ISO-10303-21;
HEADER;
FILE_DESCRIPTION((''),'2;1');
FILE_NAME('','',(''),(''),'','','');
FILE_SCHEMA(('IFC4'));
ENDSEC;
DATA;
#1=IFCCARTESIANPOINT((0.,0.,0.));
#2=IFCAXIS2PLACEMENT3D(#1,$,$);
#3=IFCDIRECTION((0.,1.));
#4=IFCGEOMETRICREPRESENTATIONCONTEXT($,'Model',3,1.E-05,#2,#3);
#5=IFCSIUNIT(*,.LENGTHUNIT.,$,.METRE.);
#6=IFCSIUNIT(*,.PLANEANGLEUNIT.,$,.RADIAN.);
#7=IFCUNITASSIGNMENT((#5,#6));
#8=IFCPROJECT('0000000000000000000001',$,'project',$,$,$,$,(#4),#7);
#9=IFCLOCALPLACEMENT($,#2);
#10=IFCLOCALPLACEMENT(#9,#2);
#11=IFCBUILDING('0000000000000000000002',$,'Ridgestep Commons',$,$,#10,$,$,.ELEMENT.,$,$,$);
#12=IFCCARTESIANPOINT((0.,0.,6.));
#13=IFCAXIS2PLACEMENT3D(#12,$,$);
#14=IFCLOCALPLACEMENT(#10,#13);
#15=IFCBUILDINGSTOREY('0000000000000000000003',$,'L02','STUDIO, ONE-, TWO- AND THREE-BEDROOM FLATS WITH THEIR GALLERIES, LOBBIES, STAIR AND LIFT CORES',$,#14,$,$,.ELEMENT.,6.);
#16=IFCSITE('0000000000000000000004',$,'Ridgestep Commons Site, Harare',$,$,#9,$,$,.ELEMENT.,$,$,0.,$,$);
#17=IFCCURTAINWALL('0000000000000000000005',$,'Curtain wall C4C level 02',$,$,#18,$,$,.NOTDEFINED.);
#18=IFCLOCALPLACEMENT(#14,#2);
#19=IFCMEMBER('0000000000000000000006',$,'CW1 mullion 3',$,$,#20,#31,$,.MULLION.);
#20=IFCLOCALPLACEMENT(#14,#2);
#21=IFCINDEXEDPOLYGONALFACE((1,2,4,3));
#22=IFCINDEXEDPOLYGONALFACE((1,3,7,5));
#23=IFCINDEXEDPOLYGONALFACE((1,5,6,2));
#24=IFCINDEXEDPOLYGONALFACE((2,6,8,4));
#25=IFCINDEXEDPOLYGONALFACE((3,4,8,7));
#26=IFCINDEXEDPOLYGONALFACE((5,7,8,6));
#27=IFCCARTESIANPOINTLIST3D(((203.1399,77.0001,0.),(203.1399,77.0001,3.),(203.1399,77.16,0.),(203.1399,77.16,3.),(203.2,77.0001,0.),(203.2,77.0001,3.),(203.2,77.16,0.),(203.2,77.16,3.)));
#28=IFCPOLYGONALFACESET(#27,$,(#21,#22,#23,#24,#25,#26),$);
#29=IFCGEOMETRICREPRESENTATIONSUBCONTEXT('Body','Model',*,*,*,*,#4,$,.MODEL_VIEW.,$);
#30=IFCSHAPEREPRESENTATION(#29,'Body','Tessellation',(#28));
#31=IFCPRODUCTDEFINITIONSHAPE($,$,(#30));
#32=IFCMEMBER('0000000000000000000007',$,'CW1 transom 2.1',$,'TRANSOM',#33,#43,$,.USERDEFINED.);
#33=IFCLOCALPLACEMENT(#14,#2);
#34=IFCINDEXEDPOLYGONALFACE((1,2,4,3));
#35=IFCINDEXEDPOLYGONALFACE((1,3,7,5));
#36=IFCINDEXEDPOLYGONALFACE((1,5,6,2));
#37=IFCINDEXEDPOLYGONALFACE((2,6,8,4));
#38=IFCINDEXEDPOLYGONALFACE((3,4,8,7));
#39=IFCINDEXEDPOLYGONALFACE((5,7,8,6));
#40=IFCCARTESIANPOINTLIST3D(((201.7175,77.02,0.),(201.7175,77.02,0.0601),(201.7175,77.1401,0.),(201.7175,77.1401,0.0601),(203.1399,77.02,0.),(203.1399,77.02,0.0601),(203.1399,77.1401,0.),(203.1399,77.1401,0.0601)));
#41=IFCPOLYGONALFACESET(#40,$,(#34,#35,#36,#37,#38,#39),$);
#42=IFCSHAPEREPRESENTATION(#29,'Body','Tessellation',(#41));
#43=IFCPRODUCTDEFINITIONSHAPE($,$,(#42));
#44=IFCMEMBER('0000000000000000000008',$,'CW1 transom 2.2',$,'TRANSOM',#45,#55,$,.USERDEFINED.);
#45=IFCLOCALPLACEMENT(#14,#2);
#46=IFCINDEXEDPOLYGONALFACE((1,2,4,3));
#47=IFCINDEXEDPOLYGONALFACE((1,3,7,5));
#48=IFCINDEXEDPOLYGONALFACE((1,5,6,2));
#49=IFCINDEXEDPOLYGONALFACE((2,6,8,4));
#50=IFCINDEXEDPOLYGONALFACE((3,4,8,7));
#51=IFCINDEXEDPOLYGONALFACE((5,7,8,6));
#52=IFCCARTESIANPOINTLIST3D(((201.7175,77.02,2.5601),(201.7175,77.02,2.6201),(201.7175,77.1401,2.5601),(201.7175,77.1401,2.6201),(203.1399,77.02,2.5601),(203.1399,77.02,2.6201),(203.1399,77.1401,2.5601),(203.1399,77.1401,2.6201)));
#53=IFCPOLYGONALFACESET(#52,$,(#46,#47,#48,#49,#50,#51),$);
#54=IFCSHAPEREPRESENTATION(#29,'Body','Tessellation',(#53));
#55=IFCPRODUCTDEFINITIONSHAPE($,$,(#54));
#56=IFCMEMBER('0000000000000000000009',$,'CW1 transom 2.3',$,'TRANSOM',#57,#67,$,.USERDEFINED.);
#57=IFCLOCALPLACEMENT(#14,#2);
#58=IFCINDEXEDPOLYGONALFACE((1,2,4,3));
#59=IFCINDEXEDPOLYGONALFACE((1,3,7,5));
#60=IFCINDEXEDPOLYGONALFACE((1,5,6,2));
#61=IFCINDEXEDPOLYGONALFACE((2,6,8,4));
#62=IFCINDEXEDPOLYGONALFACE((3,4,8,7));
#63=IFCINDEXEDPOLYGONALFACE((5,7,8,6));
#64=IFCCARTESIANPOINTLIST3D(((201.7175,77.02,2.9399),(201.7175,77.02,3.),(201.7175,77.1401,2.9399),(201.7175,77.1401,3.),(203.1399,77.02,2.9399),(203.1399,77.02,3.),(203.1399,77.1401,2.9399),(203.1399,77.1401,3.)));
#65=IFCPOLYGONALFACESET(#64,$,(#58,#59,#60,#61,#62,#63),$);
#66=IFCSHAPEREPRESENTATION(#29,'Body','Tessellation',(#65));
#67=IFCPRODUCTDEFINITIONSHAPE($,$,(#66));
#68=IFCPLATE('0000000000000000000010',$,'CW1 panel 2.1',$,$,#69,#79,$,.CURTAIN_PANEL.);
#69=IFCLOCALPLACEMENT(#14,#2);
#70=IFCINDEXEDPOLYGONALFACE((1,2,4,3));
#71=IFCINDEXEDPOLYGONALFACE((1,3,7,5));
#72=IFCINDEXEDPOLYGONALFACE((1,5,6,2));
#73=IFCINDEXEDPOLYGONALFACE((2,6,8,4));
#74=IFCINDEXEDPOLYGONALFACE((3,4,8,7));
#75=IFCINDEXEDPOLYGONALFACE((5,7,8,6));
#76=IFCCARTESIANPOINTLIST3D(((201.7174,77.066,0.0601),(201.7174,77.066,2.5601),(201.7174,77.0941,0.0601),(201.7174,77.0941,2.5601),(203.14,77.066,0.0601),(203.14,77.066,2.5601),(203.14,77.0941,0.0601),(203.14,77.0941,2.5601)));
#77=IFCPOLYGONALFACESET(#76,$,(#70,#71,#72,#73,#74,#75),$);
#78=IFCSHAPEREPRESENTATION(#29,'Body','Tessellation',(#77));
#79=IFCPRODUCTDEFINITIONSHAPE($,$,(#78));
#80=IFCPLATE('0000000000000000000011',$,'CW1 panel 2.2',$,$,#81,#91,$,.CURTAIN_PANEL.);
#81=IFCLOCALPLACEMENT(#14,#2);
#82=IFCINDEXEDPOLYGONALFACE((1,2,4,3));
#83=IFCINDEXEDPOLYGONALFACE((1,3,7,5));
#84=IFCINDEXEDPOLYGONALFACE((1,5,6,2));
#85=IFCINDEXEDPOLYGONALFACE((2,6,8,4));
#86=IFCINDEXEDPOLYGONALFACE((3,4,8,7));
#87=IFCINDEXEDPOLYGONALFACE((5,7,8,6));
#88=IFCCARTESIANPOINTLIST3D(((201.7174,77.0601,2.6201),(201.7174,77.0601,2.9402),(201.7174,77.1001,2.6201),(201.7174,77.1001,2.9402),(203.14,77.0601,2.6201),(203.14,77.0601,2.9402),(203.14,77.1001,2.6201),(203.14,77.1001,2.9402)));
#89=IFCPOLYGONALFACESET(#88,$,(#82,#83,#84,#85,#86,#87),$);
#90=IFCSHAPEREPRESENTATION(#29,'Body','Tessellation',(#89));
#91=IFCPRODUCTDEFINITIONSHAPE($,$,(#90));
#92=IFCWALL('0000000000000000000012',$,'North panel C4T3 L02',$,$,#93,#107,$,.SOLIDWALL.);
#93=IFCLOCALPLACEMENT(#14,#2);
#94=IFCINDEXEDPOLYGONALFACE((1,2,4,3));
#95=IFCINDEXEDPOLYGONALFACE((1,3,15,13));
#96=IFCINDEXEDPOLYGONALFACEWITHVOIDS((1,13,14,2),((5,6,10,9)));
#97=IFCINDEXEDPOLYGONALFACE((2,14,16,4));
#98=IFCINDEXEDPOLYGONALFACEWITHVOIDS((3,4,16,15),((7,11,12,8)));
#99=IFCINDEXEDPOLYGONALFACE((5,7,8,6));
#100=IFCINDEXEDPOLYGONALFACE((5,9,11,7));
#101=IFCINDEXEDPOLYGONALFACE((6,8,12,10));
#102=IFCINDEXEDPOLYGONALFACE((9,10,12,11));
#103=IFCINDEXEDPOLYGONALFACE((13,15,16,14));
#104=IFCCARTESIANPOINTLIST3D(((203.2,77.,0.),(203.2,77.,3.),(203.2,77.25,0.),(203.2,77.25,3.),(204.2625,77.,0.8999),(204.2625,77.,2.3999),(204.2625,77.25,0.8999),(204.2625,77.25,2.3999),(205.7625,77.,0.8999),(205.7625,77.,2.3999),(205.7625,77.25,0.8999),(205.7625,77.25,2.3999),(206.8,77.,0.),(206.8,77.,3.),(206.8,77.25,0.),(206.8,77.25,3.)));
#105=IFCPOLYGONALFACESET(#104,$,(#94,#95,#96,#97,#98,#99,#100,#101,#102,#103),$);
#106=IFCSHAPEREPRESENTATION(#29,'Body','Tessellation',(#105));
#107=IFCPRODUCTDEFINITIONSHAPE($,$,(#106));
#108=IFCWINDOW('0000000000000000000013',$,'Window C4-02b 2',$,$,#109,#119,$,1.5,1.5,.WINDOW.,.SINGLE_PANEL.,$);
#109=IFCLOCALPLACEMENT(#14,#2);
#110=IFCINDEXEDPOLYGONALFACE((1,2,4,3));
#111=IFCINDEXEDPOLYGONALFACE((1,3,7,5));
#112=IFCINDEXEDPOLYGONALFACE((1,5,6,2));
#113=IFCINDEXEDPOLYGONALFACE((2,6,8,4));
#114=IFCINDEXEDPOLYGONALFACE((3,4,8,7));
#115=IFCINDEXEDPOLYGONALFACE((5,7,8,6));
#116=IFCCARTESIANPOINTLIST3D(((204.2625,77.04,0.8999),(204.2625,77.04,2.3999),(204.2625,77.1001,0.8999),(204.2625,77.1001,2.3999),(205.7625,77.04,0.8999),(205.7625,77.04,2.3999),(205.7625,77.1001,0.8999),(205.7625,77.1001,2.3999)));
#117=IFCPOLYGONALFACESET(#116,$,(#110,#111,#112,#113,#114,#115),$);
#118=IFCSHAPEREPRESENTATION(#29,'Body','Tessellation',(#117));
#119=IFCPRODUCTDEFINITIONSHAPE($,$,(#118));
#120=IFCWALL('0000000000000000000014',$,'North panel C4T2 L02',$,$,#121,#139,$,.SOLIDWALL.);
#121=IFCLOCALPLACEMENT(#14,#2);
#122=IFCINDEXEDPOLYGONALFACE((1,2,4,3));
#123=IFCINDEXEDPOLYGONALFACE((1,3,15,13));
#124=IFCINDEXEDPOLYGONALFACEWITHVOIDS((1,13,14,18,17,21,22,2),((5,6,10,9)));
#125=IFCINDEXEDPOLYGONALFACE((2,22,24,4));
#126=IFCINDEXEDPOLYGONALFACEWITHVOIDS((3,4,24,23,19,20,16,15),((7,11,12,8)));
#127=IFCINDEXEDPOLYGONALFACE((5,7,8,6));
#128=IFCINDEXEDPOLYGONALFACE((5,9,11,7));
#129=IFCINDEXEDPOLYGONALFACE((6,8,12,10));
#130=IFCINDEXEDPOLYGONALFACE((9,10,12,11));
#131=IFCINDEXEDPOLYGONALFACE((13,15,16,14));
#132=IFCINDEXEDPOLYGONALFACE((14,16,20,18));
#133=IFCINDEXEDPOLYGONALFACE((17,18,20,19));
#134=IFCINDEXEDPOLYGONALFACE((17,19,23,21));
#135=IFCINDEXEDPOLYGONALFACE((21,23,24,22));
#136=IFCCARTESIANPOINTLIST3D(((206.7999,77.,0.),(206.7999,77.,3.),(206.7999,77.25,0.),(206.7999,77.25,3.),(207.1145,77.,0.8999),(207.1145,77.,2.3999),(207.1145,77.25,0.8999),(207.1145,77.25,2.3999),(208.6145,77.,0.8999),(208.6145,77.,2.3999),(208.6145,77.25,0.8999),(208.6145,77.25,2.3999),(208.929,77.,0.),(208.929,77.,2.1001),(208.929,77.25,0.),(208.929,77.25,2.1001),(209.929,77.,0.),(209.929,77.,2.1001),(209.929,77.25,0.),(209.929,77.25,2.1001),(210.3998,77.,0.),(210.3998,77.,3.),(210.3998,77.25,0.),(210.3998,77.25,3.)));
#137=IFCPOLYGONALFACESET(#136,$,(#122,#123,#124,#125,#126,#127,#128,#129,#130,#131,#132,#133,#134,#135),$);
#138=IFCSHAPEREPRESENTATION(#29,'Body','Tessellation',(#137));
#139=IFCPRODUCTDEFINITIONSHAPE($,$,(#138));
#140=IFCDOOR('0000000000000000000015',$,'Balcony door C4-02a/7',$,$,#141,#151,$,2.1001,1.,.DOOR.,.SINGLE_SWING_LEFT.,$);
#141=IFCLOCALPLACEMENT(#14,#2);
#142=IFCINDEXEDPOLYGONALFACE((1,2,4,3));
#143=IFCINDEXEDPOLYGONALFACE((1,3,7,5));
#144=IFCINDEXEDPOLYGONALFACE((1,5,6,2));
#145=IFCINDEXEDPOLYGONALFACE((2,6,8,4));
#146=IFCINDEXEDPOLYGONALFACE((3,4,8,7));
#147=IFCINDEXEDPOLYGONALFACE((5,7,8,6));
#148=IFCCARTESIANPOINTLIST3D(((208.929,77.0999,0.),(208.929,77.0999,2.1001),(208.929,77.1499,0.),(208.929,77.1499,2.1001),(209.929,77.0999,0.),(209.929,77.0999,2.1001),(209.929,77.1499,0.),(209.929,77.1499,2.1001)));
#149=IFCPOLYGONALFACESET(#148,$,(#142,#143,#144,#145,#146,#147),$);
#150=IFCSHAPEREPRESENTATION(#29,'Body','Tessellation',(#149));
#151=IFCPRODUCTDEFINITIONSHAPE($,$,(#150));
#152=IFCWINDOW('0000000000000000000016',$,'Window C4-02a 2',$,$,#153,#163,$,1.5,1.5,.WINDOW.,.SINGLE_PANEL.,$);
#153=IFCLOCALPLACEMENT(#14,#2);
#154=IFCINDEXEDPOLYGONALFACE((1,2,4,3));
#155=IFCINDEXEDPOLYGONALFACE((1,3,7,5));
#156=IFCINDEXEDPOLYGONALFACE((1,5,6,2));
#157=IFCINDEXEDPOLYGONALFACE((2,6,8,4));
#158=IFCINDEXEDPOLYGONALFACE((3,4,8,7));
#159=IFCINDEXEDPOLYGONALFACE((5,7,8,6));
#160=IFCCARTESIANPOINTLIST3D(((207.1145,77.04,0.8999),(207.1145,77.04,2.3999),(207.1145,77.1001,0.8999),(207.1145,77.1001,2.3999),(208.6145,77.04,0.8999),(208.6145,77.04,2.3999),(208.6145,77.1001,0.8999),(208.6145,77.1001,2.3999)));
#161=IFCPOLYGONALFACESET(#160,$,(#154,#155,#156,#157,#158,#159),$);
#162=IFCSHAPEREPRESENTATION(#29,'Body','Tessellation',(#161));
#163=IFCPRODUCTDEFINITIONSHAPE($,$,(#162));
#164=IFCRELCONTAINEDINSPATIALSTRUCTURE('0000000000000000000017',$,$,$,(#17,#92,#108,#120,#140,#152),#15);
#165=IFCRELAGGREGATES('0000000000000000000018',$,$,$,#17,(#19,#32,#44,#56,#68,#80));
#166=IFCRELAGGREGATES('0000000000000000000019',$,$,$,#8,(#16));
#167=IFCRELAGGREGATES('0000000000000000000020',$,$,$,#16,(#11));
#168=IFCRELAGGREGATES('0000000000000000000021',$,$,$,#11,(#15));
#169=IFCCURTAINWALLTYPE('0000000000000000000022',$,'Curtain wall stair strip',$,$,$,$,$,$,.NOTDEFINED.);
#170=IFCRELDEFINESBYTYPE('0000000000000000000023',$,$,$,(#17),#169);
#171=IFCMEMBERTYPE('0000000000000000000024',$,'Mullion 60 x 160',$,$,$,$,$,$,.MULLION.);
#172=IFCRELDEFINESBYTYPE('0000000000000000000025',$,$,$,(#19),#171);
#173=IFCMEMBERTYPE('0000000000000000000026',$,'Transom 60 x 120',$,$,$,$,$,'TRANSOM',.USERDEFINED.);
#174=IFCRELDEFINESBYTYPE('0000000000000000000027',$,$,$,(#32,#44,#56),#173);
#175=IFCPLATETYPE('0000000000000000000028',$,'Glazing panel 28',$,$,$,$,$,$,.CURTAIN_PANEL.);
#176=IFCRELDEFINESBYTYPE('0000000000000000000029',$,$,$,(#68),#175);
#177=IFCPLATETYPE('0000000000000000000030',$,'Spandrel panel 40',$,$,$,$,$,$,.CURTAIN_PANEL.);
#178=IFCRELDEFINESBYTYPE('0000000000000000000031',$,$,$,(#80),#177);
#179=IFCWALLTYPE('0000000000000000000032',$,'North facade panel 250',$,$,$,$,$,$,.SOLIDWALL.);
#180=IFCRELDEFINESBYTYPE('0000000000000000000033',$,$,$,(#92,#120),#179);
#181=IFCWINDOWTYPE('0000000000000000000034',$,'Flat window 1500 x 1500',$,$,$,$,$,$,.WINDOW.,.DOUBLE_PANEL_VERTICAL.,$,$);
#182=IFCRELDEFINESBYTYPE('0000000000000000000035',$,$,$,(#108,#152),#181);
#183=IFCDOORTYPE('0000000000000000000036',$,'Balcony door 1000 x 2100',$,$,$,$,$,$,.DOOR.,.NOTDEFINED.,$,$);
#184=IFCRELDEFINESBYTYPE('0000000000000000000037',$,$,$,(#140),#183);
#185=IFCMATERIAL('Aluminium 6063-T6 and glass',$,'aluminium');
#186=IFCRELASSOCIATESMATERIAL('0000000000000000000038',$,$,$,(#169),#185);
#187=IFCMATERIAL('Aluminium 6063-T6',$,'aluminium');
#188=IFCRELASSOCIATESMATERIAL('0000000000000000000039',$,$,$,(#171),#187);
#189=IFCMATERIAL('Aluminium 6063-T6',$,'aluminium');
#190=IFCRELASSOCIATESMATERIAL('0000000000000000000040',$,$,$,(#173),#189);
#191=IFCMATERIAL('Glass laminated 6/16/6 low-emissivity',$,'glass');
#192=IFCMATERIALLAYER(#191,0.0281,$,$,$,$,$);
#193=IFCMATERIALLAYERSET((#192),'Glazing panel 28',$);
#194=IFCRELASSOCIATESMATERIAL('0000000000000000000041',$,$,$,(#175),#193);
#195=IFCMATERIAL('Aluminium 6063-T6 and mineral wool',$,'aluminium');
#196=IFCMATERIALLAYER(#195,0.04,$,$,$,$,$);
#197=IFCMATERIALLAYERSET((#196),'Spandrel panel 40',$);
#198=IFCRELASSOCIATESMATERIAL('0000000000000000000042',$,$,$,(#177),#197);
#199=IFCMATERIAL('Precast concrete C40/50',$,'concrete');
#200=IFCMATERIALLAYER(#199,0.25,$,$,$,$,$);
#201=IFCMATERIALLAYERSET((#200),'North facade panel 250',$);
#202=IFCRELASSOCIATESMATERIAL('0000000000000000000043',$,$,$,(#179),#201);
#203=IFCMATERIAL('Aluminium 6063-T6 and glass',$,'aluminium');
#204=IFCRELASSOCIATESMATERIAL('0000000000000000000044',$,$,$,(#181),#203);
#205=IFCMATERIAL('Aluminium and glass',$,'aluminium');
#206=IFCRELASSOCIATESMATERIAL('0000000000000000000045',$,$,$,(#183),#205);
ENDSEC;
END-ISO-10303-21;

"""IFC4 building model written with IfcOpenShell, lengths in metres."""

from ifc_helpers import new_model, si_unit, direction, frame, frame_2d, origin, origin_2d, place, context, subcontext, project, spatial, rectangle, extrude, material, layer, layer_set, material_profile, profile_set, type_object, element, fill, aggregate, save


model = new_model("IFC4")

# Units and contexts
model_context = context("Model", 3, precision=1e-05, world=origin(), true_north=direction((0.0, 1.0)))
body_context = subcontext(model_context, "Body", "Model", "MODEL_VIEW")
ifc_project = project(units=[si_unit("LENGTHUNIT", "METRE"), si_unit("PLANEANGLEUNIT", "RADIAN")], contexts=[model_context])

# Site, building, storey
site_placement = place(None, origin())
site = spatial("IfcSite", under=ifc_project, at=site_placement, Name="Ridgestep Commons Site, Harare", CompositionType="ELEMENT", RefElevation=0.0)
building_placement = place(site_placement, origin())
building = spatial("IfcBuilding", under=site, at=building_placement, Name="Ridgestep Commons", CompositionType="ELEMENT")
storey_placement = place(building_placement, frame((0.0, 0.0, 6.0)))
storey = spatial("IfcBuildingStorey", under=building, at=storey_placement, Name="L02", Description="STUDIO, ONE-, TWO- AND THREE-BEDROOM FLATS WITH THEIR GALLERIES, LOBBIES, STAIR AND LIFT CORES", CompositionType="ELEMENT", Elevation=6.0)

# Curtain wall, members, plates
ifc_material_1 = material(Name="Aluminium 6063-T6 and glass", Category="aluminium")
curtain_wall_type = type_object("IfcCurtainWallType", Name="Curtain wall stair strip", PredefinedType="NOTDEFINED", material=ifc_material_1)
curtain_wall_placement = place(storey_placement, origin())
curtain_wall = element("IfcCurtainWall", 1, at=curtain_wall_placement, inside=storey, type_object=curtain_wall_type, Name="Curtain wall C4C level 02", PredefinedType="NOTDEFINED")
ifc_material_2 = material(Name="Aluminium 6063-T6", Category="aluminium")
ifc_material_profile_1 = material_profile(ifc_material_2, rectangle(XDim=0.1599, YDim=0.0601, at=origin_2d()), Name="Mullion 60 x 160")
ifc_profile_set_1 = profile_set([ifc_material_profile_1], Name="Aluminium 6063-T6")
member_type_1 = type_object("IfcMemberType", Name="Mullion 60 x 160", PredefinedType="MULLION", material=ifc_profile_set_1)
member_1_placement = place(storey_placement, frame((203.1699, 77.0801, 0.0), z_axis=(0.0, 0.0, 1.0), x_axis=(0.0, 1.0, 0.0)))
member_1 = element("IfcMember", 2, at=member_1_placement, type_object=member_type_1, Name="CW1 mullion 3", PredefinedType="MULLION", context=body_context, shape_type="SweptSolid", body=[
    extrude(rectangle(XDim=0.1599, YDim=0.0601, at=origin_2d()), origin(), (0.0, 0.0, 1.0), 3.0),
])
ifc_material_3 = material(Name="Aluminium 6063-T6", Category="aluminium")
ifc_material_profile_2 = material_profile(ifc_material_3, rectangle(XDim=0.1201, YDim=0.0601, at=origin_2d()), Name="Transom 60 x 120")
ifc_profile_set_2 = profile_set([ifc_material_profile_2], Name="Aluminium 6063-T6")
member_type_2 = type_object("IfcMemberType", Name="Transom 60 x 120", ElementType="TRANSOM", PredefinedType="USERDEFINED", material=ifc_profile_set_2)
member_2_placement = place(storey_placement, frame((201.7175, 77.0801, 0.03), z_axis=(1.0, 0.0, 0.0), x_axis=(0.0, 1.0, 0.0)))
member_2 = element("IfcMember", 3, at=member_2_placement, type_object=member_type_2, Name="CW1 transom 2.1", ObjectType="TRANSOM", PredefinedType="USERDEFINED", context=body_context, shape_type="SweptSolid", body=[
    extrude(rectangle(XDim=0.1201, YDim=0.0601, at=origin_2d()), origin(), (0.0, 0.0, 1.0), 1.4224),
])
member_3_placement = place(storey_placement, frame((201.7175, 77.0801, 2.5901), z_axis=(1.0, 0.0, 0.0), x_axis=(0.0, 1.0, 0.0)))
member_3 = element("IfcMember", 4, at=member_3_placement, type_object=member_type_2, Name="CW1 transom 2.2", ObjectType="TRANSOM", PredefinedType="USERDEFINED", context=body_context, shape_type="SweptSolid", body=[
    extrude(rectangle(XDim=0.1201, YDim=0.0601, at=origin_2d()), origin(), (0.0, 0.0, 1.0), 1.4224),
])
member_4_placement = place(storey_placement, frame((201.7175, 77.0801, 2.97), z_axis=(1.0, 0.0, 0.0), x_axis=(0.0, 1.0, 0.0)))
member_4 = element("IfcMember", 5, at=member_4_placement, type_object=member_type_2, Name="CW1 transom 2.3", ObjectType="TRANSOM", PredefinedType="USERDEFINED", context=body_context, shape_type="SweptSolid", body=[
    extrude(rectangle(XDim=0.1201, YDim=0.0601, at=origin_2d()), origin(), (0.0, 0.0, 1.0), 1.4224),
])
ifc_material_4 = material(Name="Glass laminated 6/16/6 low-emissivity", Category="glass")
ifc_layer_1 = layer(ifc_material_4, 0.0281)
ifc_layer_set_1 = layer_set([ifc_layer_1], Name="Glazing panel 28")
plate_type_1 = type_object("IfcPlateType", Name="Glazing panel 28", PredefinedType="CURTAIN_PANEL", material=ifc_layer_set_1)
plate_1_placement = place(storey_placement, frame((202.4287, 77.0801, 0.0601), z_axis=(0.0, 0.0, 1.0), x_axis=(1.0, 0.0, 0.0)))
plate_1 = element("IfcPlate", 6, at=plate_1_placement, type_object=plate_type_1, Name="CW1 panel 2.1", PredefinedType="CURTAIN_PANEL", context=body_context, shape_type="SweptSolid", body=[
    extrude(rectangle(XDim=1.4226, YDim=0.0281, at=origin_2d()), origin(), (0.0, 0.0, 1.0), 2.5),
])
ifc_material_5 = material(Name="Aluminium 6063-T6 and mineral wool", Category="aluminium")
ifc_layer_2 = layer(ifc_material_5, 0.04)
ifc_layer_set_2 = layer_set([ifc_layer_2], Name="Spandrel panel 40")
plate_type_2 = type_object("IfcPlateType", Name="Spandrel panel 40", PredefinedType="CURTAIN_PANEL", material=ifc_layer_set_2)
plate_2_placement = place(storey_placement, frame((202.4287, 77.0801, 2.6201), z_axis=(0.0, 0.0, 1.0), x_axis=(1.0, 0.0, 0.0)))
plate_2 = element("IfcPlate", 7, at=plate_2_placement, type_object=plate_type_2, Name="CW1 panel 2.2", PredefinedType="CURTAIN_PANEL", context=body_context, shape_type="SweptSolid", body=[
    extrude(rectangle(XDim=1.4226, YDim=0.04, at=origin_2d()), origin(), (0.0, 0.0, 1.0), 0.3201),
])
aggregate(curtain_wall, [member_1, member_2, member_3, member_4, plate_1, plate_2])

# Wall, opening, window
ifc_material_6 = material(Name="Precast concrete C40/50", Category="concrete")
ifc_layer_3 = layer(ifc_material_6, 0.25)
ifc_layer_set_3 = layer_set([ifc_layer_3], Name="North facade panel 250")
wall_type_1 = type_object("IfcWallType", Name="North facade panel 250", PredefinedType="SOLIDWALL", material=ifc_layer_set_3)
wall_1_placement = place(storey_placement, frame((203.2, 77.125, 0.0), z_axis=(0.0, 0.0, 1.0), x_axis=(1.0, 0.0, 0.0)))
wall_1 = element("IfcWall", 8, at=wall_1_placement, inside=storey, type_object=wall_type_1, Name="North panel C4T3 L02", PredefinedType="SOLIDWALL", context=body_context, shape_type="SweptSolid", body=[
    extrude(rectangle(XDim=3.6001, YDim=0.25, at=frame_2d((1.8, 0.0))), origin(), (0.0, 0.0, 1.0), 3.0),
])
opening_1_placement = place(wall_1_placement, frame((1.0625, 0.0, 0.8999)))
opening_1 = element("IfcOpeningElement", 9, at=opening_1_placement, cuts=wall_1, PredefinedType="OPENING", context=body_context, shape_type="SweptSolid", body=[
    extrude(rectangle(XDim=1.5, YDim=1.5, at=frame_2d((0.75, 0.75))), frame((0.0, 0.135, 0.0), z_axis=(0.0, -1.0, 0.0), x_axis=(1.0, 0.0, 0.0)), (0.0, 0.0, 1.0), 0.27),
])
ifc_material_7 = material(Name="Aluminium 6063-T6 and glass", Category="aluminium")
window_type = type_object("IfcWindowType", Name="Flat window 1500 x 1500", PartitioningType="DOUBLE_PANEL_VERTICAL", PredefinedType="WINDOW", material=ifc_material_7)
window_1_placement = place(opening_1_placement, origin())
window_1 = element("IfcWindow", 10, at=window_1_placement, inside=storey, type_object=window_type, Name="Window C4-02b 2", OverallHeight=1.5, OverallWidth=1.5, PartitioningType="SINGLE_PANEL", PredefinedType="WINDOW", context=body_context, shape_type="SweptSolid", body=[
    extrude(rectangle(XDim=1.5, YDim=1.5, at=frame_2d((0.75, 0.75))), frame((0.0, -0.0249, 0.0), z_axis=(0.0, -1.0, 0.0), x_axis=(1.0, 0.0, 0.0)), (0.0, 0.0, 1.0), 0.0601),
])
fill(opening_1, window_1)

# Wall, openings, door, window
wall_2_placement = place(storey_placement, frame((206.8, 77.125, 0.0), z_axis=(0.0, 0.0, 1.0), x_axis=(1.0, 0.0, 0.0)))
wall_2 = element("IfcWall", 11, at=wall_2_placement, inside=storey, type_object=wall_type_1, Name="North panel C4T2 L02", PredefinedType="SOLIDWALL", context=body_context, shape_type="SweptSolid", body=[
    extrude(rectangle(XDim=3.5999, YDim=0.25, at=frame_2d((1.7998, 0.0))), origin(), (0.0, 0.0, 1.0), 3.0),
])
opening_2_placement = place(wall_2_placement, frame((0.3145, 0.0, 0.8999)))
opening_2 = element("IfcOpeningElement", 12, at=opening_2_placement, cuts=wall_2, PredefinedType="OPENING", context=body_context, shape_type="SweptSolid", body=[
    extrude(rectangle(XDim=1.5, YDim=1.5, at=frame_2d((0.75, 0.75))), frame((0.0, 0.135, 0.0), z_axis=(0.0, -1.0, 0.0), x_axis=(1.0, 0.0, 0.0)), (0.0, 0.0, 1.0), 0.27),
])
opening_3_placement = place(wall_2_placement, frame((2.1289, 0.0, 0.0)))
opening_3 = element("IfcOpeningElement", 13, at=opening_3_placement, cuts=wall_2, PredefinedType="OPENING", context=body_context, shape_type="SweptSolid", body=[
    extrude(rectangle(XDim=1.0, YDim=2.1001, at=frame_2d((0.5, 1.05))), frame((0.0, 0.135, 0.0), z_axis=(0.0, -1.0, 0.0), x_axis=(1.0, 0.0, 0.0)), (0.0, 0.0, 1.0), 0.27),
])
ifc_material_8 = material(Name="Aluminium and glass", Category="aluminium")
door_type_1 = type_object("IfcDoorType", Name="Balcony door 1000 x 2100", OperationType="NOTDEFINED", PredefinedType="DOOR", material=ifc_material_8)
door_1_placement = place(opening_3_placement, origin())
door_1 = element("IfcDoor", 14, at=door_1_placement, inside=storey, type_object=door_type_1, Name="Balcony door C4-02a/7", OperationType="SINGLE_SWING_LEFT", OverallHeight=2.1001, OverallWidth=1.0, PredefinedType="DOOR", context=body_context, shape_type="SweptSolid", body=[
    extrude(rectangle(XDim=1.0, YDim=2.1001, at=frame_2d((0.5, 1.05))), frame((0.0, 0.0249, 0.0), z_axis=(0.0, -1.0, 0.0), x_axis=(1.0, 0.0, 0.0)), (0.0, 0.0, 1.0), 0.05),
])
fill(opening_3, door_1)
window_2_placement = place(opening_2_placement, origin())
window_2 = element("IfcWindow", 15, at=window_2_placement, inside=storey, type_object=window_type, Name="Window C4-02a 2", OverallHeight=1.5, OverallWidth=1.5, PartitioningType="SINGLE_PANEL", PredefinedType="WINDOW", context=body_context, shape_type="SweptSolid", body=[
    extrude(rectangle(XDim=1.5, YDim=1.5, at=frame_2d((0.75, 0.75))), frame((0.0, -0.0249, 0.0), z_axis=(0.0, -1.0, 0.0), x_axis=(1.0, 0.0, 0.0)), (0.0, 0.0, 1.0), 0.0601),
])
fill(opening_2, window_2)

save(model, "model.ifc")
